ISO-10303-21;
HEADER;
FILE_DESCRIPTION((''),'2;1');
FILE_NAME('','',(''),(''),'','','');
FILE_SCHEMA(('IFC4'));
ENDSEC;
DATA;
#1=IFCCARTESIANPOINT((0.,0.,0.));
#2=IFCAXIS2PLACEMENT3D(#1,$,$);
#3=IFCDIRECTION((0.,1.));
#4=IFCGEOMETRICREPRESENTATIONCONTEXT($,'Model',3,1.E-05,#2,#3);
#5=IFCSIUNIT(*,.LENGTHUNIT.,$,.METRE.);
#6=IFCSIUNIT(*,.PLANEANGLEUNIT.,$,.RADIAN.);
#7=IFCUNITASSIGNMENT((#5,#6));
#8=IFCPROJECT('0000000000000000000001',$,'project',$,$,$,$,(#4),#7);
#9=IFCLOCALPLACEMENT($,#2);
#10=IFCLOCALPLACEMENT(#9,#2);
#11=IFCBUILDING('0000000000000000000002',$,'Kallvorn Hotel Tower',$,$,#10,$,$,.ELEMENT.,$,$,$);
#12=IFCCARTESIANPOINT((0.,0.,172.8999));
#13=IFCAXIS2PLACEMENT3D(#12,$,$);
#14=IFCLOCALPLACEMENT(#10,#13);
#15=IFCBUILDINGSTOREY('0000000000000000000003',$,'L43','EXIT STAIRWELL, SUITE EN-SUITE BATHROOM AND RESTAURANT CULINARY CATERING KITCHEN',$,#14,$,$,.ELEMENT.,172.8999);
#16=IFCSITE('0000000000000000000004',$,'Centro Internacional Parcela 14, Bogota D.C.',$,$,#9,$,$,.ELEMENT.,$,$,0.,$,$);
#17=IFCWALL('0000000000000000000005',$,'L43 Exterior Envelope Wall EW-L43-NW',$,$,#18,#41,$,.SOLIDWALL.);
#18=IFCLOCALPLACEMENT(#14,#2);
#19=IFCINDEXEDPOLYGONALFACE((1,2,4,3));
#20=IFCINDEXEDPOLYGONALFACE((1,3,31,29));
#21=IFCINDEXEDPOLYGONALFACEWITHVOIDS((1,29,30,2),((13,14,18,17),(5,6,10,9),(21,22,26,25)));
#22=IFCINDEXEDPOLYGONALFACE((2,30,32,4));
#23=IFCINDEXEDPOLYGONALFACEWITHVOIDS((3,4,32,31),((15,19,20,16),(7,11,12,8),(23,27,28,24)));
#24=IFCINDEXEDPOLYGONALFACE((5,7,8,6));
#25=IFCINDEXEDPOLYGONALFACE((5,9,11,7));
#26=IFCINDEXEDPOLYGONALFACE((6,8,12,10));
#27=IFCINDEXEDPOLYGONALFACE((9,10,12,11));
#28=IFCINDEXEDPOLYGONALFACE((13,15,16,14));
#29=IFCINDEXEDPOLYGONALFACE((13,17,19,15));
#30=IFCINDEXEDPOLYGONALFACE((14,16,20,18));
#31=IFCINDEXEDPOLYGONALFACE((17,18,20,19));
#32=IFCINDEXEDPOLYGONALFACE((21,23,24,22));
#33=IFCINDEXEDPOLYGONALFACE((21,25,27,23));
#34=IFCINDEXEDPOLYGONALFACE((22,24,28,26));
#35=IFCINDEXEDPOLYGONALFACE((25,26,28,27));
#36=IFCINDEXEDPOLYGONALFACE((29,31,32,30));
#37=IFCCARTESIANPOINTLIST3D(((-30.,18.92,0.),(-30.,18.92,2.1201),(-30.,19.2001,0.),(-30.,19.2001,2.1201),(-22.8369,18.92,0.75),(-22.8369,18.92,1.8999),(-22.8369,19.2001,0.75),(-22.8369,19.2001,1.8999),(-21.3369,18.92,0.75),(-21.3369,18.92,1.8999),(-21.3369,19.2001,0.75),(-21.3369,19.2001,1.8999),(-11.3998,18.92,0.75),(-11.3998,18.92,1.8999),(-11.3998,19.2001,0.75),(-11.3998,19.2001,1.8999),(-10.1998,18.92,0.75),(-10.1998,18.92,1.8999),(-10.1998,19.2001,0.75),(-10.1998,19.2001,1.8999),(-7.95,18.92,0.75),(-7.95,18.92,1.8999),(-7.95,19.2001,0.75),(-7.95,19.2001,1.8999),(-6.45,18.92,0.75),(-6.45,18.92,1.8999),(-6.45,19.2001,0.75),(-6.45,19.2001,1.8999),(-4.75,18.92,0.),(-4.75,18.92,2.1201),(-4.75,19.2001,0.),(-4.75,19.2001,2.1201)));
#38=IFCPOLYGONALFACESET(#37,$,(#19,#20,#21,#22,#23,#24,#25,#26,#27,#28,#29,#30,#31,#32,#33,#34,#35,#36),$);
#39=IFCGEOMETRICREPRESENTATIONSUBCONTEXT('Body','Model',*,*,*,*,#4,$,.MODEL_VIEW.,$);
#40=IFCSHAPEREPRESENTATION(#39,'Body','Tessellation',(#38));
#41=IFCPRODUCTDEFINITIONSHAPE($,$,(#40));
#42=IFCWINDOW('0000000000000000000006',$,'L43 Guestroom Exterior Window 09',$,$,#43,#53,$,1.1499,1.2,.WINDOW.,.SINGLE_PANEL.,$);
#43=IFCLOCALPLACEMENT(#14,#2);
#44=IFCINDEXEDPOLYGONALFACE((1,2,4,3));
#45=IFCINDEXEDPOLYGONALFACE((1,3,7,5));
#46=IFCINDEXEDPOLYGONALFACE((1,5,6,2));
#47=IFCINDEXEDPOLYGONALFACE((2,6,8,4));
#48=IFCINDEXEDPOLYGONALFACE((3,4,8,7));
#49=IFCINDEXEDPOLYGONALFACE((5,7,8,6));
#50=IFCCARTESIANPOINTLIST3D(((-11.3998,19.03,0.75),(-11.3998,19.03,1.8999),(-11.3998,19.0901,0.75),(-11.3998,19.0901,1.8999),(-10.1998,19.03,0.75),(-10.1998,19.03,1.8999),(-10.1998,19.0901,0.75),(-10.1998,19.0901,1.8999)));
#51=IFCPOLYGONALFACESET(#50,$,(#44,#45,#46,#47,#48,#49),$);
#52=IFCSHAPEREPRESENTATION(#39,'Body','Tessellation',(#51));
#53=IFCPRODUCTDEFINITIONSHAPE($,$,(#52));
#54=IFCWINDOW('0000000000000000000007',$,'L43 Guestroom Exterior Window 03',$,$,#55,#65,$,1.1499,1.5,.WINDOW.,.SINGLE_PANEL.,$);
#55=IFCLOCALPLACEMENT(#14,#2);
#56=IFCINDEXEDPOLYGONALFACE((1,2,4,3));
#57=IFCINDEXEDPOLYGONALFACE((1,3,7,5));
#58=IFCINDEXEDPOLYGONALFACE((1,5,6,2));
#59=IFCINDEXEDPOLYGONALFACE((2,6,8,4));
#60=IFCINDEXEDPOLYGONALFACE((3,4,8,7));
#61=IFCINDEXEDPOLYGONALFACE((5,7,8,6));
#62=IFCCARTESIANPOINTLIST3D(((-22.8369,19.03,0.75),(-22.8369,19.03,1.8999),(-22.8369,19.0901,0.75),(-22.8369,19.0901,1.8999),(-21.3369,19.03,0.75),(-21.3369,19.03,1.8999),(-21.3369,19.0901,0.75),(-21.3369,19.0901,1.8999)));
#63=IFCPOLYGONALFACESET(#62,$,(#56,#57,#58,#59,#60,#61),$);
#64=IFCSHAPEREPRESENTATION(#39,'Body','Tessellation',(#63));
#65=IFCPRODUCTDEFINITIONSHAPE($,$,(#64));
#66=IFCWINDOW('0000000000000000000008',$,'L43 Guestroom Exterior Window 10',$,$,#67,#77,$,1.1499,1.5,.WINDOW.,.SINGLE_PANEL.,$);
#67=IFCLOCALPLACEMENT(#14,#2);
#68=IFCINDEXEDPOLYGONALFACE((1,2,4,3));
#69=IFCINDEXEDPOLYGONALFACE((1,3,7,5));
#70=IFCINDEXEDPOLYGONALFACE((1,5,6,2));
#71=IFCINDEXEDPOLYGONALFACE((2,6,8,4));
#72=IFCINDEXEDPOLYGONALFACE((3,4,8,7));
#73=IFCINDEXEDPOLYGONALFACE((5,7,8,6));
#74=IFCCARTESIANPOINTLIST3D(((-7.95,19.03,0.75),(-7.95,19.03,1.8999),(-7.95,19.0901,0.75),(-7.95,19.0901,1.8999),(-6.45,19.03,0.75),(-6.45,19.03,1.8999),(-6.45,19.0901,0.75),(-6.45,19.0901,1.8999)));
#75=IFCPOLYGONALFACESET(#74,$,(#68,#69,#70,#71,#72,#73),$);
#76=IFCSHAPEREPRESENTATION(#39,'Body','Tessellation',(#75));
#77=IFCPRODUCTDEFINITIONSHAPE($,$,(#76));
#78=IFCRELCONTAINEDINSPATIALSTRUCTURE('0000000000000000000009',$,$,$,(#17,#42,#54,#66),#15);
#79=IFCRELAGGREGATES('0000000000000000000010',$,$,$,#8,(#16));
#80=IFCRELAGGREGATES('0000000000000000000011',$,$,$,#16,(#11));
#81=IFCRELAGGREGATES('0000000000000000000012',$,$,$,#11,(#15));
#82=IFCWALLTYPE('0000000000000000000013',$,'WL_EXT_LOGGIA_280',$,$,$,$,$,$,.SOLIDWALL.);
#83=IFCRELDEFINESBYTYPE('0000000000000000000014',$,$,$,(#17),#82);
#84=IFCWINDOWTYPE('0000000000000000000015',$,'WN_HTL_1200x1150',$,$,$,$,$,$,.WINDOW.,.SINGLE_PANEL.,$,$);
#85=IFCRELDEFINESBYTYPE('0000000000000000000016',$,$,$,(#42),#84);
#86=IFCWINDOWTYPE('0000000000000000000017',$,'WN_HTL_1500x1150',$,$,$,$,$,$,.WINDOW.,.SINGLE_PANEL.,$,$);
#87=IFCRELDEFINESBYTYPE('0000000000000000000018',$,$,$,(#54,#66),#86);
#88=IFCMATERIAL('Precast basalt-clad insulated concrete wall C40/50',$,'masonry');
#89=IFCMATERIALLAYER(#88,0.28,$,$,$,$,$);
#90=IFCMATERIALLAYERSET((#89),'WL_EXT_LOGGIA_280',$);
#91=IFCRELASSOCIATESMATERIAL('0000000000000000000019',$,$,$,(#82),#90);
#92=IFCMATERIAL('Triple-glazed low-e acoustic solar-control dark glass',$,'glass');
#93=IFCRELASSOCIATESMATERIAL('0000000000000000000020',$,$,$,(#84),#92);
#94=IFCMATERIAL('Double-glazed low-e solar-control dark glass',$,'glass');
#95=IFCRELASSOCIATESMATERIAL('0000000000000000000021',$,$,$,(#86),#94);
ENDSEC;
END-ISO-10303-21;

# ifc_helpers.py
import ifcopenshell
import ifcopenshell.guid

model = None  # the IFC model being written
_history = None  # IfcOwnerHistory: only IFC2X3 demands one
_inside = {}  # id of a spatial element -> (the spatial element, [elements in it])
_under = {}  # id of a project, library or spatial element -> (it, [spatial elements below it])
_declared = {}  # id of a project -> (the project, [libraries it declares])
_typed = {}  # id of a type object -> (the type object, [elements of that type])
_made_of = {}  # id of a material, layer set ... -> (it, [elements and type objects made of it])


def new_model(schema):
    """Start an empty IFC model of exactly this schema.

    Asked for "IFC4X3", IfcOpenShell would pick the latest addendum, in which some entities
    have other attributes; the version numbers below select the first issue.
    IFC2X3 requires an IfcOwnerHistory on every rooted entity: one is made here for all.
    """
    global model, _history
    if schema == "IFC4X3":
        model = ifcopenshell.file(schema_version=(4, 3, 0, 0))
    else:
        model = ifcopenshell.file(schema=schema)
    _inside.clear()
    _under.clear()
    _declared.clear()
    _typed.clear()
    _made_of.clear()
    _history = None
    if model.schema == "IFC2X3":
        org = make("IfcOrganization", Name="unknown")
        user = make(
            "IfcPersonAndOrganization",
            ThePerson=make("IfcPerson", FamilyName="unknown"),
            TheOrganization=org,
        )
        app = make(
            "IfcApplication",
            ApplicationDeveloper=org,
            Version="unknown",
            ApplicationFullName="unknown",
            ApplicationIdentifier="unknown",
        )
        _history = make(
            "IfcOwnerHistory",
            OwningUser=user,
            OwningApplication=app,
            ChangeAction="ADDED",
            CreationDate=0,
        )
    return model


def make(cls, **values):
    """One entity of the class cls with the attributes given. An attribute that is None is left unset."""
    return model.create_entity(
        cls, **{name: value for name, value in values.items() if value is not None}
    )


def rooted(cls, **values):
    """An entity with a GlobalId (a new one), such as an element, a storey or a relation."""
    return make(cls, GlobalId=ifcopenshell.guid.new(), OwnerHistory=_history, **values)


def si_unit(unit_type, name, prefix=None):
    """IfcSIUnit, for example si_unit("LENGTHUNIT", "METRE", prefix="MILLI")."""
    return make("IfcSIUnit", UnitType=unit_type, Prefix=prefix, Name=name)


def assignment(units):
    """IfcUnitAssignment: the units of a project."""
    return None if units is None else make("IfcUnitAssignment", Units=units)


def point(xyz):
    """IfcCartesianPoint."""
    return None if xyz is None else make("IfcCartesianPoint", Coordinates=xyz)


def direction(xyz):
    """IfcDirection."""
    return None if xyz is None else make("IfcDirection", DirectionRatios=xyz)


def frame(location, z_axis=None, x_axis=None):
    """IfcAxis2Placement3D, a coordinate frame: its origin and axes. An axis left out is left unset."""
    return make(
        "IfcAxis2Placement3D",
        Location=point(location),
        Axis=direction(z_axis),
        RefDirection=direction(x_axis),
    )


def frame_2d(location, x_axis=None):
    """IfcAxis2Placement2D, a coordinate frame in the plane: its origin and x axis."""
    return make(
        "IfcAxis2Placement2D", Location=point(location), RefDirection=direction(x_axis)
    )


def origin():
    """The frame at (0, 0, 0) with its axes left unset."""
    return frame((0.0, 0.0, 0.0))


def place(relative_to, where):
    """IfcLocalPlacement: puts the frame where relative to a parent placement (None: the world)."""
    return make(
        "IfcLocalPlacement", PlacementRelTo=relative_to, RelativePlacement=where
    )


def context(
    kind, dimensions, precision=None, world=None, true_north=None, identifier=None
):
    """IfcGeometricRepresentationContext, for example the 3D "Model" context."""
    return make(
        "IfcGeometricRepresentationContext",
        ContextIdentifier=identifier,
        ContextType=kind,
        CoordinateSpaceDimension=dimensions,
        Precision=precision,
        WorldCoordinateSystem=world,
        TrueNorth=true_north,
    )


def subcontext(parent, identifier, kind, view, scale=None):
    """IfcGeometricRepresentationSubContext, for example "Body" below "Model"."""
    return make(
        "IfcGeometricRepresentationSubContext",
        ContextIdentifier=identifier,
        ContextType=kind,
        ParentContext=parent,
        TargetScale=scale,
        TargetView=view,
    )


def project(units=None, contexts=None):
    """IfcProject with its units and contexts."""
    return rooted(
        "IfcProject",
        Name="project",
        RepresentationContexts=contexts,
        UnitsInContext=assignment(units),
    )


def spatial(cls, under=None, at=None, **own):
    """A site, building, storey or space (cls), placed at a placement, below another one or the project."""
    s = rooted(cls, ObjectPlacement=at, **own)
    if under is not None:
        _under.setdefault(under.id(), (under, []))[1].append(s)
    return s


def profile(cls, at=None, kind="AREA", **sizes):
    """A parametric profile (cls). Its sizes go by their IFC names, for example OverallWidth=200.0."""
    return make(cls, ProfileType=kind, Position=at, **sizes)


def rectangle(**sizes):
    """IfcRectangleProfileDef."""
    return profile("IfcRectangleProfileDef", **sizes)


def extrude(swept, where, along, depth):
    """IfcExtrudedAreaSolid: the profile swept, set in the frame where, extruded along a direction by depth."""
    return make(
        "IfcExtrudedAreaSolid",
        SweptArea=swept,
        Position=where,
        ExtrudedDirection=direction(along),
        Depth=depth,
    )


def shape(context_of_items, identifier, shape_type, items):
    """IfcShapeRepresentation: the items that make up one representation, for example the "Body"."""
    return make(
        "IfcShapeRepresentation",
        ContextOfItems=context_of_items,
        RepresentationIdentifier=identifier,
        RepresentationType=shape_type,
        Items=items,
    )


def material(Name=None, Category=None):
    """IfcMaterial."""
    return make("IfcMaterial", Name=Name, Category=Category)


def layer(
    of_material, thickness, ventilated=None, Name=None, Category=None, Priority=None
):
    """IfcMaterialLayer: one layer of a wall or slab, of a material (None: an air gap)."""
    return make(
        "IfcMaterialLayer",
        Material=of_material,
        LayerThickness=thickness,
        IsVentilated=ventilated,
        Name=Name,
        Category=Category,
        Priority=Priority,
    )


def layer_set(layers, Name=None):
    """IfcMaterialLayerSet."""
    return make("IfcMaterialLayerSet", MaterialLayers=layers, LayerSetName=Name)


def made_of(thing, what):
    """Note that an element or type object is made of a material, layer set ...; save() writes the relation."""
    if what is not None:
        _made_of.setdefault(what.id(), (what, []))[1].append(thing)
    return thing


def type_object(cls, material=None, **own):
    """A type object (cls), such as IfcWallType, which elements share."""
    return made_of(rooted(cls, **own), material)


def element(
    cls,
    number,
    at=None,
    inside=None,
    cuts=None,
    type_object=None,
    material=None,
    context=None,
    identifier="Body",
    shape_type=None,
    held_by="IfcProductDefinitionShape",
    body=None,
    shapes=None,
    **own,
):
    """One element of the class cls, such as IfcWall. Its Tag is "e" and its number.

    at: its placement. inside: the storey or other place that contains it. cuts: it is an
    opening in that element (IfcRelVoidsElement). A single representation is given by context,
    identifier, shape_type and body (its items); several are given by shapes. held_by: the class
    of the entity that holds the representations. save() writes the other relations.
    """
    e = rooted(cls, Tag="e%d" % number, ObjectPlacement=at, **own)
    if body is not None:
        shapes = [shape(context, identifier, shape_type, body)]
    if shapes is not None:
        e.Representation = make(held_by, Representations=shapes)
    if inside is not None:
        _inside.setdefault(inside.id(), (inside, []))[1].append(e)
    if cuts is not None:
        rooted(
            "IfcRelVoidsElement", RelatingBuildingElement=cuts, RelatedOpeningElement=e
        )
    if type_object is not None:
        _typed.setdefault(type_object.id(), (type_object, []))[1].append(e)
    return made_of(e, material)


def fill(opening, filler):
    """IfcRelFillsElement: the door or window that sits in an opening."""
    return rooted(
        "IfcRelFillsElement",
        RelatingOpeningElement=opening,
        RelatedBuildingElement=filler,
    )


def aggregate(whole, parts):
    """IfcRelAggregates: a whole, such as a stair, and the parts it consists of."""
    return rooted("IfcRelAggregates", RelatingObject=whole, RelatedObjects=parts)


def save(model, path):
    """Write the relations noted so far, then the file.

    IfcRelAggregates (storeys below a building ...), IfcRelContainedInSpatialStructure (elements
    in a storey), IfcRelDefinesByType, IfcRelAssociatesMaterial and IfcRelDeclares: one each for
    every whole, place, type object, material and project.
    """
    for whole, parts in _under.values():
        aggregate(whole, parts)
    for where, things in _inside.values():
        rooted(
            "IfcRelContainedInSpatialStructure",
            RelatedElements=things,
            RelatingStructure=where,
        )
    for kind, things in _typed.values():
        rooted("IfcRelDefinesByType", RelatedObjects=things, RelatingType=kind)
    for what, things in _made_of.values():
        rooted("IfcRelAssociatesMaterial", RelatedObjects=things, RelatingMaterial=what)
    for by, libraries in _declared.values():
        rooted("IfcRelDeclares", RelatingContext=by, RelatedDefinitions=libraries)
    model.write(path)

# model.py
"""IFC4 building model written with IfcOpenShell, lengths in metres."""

from ifc_helpers import new_model, si_unit, direction, frame, frame_2d, origin, place, context, subcontext, project, spatial, rectangle, extrude, material, layer, layer_set, type_object, element, fill, save


model = new_model("IFC4")

# Units and contexts
model_context = context("Model", 3, precision=1e-05, world=origin(), true_north=direction((0.0, 1.0)))
body_context = subcontext(model_context, "Body", "Model", "MODEL_VIEW")
ifc_project = project(units=[si_unit("LENGTHUNIT", "METRE"), si_unit("PLANEANGLEUNIT", "RADIAN")], contexts=[model_context])

# Site, building, storey
site_placement = place(None, origin())
site = spatial("IfcSite", under=ifc_project, at=site_placement, Name="Centro Internacional Parcela 14, Bogota D.C.", CompositionType="ELEMENT", RefElevation=0.0)
building_placement = place(site_placement, origin())
building = spatial("IfcBuilding", under=site, at=building_placement, Name="Kallvorn Hotel Tower", CompositionType="ELEMENT")
storey_placement = place(building_placement, frame((0.0, 0.0, 172.8999)))
storey = spatial("IfcBuildingStorey", under=building, at=storey_placement, Name="L43", Description="EXIT STAIRWELL, SUITE EN-SUITE BATHROOM AND RESTAURANT CULINARY CATERING KITCHEN", CompositionType="ELEMENT", Elevation=172.8999)

# Shared definitions
ifc_material_1 = material(Name="Precast basalt-clad insulated concrete wall C40/50", Category="masonry")
ifc_layer_1 = layer(ifc_material_1, 0.28)
ifc_layer_set_1 = layer_set([ifc_layer_1], Name="WL_EXT_LOGGIA_280")
wall_type = type_object("IfcWallType", Name="WL_EXT_LOGGIA_280", PredefinedType="SOLIDWALL", material=ifc_layer_set_1)

# Wall, openings, windows
wall_1_placement = place(storey_placement, frame((-30.0, 19.0601, 0.0), z_axis=(0.0, 0.0, 1.0), x_axis=(1.0, 0.0, 0.0)))
wall_1 = element("IfcWall", 1, at=wall_1_placement, inside=storey, type_object=wall_type, Name="L43 Exterior Envelope Wall EW-L43-NW", PredefinedType="SOLIDWALL", context=body_context, shape_type="SweptSolid", body=[
    extrude(rectangle(XDim=25.25, YDim=0.28, at=frame_2d((12.625, 0.0))), origin(), (0.0, 0.0, 1.0), 2.1201),
])
opening_1_placement = place(wall_1_placement, frame((7.1631, 0.0, 0.75)))
opening_1 = element("IfcOpeningElement", 2, at=opening_1_placement, cuts=wall_1, PredefinedType="OPENING", context=body_context, shape_type="SweptSolid", body=[
    extrude(rectangle(XDim=1.5, YDim=1.1499, at=frame_2d((0.75, 0.575))), frame((0.0, 0.155, 0.0), z_axis=(0.0, -1.0, 0.0), x_axis=(1.0, 0.0, 0.0)), (0.0, 0.0, 1.0), 0.3101),
])
opening_2_placement = place(wall_1_placement, frame((18.6001, 0.0, 0.75)))
opening_2 = element("IfcOpeningElement", 3, at=opening_2_placement, cuts=wall_1, PredefinedType="OPENING", context=body_context, shape_type="SweptSolid", body=[
    extrude(rectangle(XDim=1.2, YDim=1.1499, at=frame_2d((0.6001, 0.575))), frame((0.0, 0.155, 0.0), z_axis=(0.0, -1.0, 0.0), x_axis=(1.0, 0.0, 0.0)), (0.0, 0.0, 1.0), 0.3101),
])
opening_3_placement = place(wall_1_placement, frame((22.05, 0.0, 0.75)))
opening_3 = element("IfcOpeningElement", 4, at=opening_3_placement, cuts=wall_1, PredefinedType="OPENING", context=body_context, shape_type="SweptSolid", body=[
    extrude(rectangle(XDim=1.5, YDim=1.1499, at=frame_2d((0.75, 0.575))), frame((0.0, 0.155, 0.0), z_axis=(0.0, -1.0, 0.0), x_axis=(1.0, 0.0, 0.0)), (0.0, 0.0, 1.0), 0.3101),
])
ifc_material_2 = material(Name="Triple-glazed low-e acoustic solar-control dark glass", Category="glass")
window_type_1 = type_object("IfcWindowType", Name="WN_HTL_1200x1150", PartitioningType="SINGLE_PANEL", PredefinedType="WINDOW", material=ifc_material_2)
window_1_placement = place(opening_2_placement, origin())
window_1 = element("IfcWindow", 5, at=window_1_placement, inside=storey, type_object=window_type_1, Name="L43 Guestroom Exterior Window 09", OverallHeight=1.1499, OverallWidth=1.2, PartitioningType="SINGLE_PANEL", PredefinedType="WINDOW", context=body_context, shape_type="SweptSolid", body=[
    extrude(rectangle(XDim=1.2, YDim=1.1499, at=frame_2d((0.6001, 0.575))), frame((0.0, 0.03, 0.0), z_axis=(0.0, -1.0, 0.0), x_axis=(1.0, 0.0, 0.0)), (0.0, 0.0, 1.0), 0.0601),
])
fill(opening_2, window_1)
ifc_material_3 = material(Name="Double-glazed low-e solar-control dark glass", Category="glass")
window_type_2 = type_object("IfcWindowType", Name="WN_HTL_1500x1150", PartitioningType="SINGLE_PANEL", PredefinedType="WINDOW", material=ifc_material_3)
window_2_placement = place(opening_1_placement, origin())
window_2 = element("IfcWindow", 6, at=window_2_placement, inside=storey, type_object=window_type_2, Name="L43 Guestroom Exterior Window 03", OverallHeight=1.1499, OverallWidth=1.5, PartitioningType="SINGLE_PANEL", PredefinedType="WINDOW", context=body_context, shape_type="SweptSolid", body=[
    extrude(rectangle(XDim=1.5, YDim=1.1499, at=frame_2d((0.75, 0.575))), frame((0.0, 0.03, 0.0), z_axis=(0.0, -1.0, 0.0), x_axis=(1.0, 0.0, 0.0)), (0.0, 0.0, 1.0), 0.0601),
])
fill(opening_1, window_2)
window_3_placement = place(opening_3_placement, origin())
window_3 = element("IfcWindow", 7, at=window_3_placement, inside=storey, type_object=window_type_2, Name="L43 Guestroom Exterior Window 10", OverallHeight=1.1499, OverallWidth=1.5, PartitioningType="SINGLE_PANEL", PredefinedType="WINDOW", context=body_context, shape_type="SweptSolid", body=[
    extrude(rectangle(XDim=1.5, YDim=1.1499, at=frame_2d((0.75, 0.575))), frame((0.0, 0.03, 0.0), z_axis=(0.0, -1.0, 0.0), x_axis=(1.0, 0.0, 0.0)), (0.0, 0.0, 1.0), 0.0601),
])
fill(opening_3, window_3)

save(model, "model.ifc")
